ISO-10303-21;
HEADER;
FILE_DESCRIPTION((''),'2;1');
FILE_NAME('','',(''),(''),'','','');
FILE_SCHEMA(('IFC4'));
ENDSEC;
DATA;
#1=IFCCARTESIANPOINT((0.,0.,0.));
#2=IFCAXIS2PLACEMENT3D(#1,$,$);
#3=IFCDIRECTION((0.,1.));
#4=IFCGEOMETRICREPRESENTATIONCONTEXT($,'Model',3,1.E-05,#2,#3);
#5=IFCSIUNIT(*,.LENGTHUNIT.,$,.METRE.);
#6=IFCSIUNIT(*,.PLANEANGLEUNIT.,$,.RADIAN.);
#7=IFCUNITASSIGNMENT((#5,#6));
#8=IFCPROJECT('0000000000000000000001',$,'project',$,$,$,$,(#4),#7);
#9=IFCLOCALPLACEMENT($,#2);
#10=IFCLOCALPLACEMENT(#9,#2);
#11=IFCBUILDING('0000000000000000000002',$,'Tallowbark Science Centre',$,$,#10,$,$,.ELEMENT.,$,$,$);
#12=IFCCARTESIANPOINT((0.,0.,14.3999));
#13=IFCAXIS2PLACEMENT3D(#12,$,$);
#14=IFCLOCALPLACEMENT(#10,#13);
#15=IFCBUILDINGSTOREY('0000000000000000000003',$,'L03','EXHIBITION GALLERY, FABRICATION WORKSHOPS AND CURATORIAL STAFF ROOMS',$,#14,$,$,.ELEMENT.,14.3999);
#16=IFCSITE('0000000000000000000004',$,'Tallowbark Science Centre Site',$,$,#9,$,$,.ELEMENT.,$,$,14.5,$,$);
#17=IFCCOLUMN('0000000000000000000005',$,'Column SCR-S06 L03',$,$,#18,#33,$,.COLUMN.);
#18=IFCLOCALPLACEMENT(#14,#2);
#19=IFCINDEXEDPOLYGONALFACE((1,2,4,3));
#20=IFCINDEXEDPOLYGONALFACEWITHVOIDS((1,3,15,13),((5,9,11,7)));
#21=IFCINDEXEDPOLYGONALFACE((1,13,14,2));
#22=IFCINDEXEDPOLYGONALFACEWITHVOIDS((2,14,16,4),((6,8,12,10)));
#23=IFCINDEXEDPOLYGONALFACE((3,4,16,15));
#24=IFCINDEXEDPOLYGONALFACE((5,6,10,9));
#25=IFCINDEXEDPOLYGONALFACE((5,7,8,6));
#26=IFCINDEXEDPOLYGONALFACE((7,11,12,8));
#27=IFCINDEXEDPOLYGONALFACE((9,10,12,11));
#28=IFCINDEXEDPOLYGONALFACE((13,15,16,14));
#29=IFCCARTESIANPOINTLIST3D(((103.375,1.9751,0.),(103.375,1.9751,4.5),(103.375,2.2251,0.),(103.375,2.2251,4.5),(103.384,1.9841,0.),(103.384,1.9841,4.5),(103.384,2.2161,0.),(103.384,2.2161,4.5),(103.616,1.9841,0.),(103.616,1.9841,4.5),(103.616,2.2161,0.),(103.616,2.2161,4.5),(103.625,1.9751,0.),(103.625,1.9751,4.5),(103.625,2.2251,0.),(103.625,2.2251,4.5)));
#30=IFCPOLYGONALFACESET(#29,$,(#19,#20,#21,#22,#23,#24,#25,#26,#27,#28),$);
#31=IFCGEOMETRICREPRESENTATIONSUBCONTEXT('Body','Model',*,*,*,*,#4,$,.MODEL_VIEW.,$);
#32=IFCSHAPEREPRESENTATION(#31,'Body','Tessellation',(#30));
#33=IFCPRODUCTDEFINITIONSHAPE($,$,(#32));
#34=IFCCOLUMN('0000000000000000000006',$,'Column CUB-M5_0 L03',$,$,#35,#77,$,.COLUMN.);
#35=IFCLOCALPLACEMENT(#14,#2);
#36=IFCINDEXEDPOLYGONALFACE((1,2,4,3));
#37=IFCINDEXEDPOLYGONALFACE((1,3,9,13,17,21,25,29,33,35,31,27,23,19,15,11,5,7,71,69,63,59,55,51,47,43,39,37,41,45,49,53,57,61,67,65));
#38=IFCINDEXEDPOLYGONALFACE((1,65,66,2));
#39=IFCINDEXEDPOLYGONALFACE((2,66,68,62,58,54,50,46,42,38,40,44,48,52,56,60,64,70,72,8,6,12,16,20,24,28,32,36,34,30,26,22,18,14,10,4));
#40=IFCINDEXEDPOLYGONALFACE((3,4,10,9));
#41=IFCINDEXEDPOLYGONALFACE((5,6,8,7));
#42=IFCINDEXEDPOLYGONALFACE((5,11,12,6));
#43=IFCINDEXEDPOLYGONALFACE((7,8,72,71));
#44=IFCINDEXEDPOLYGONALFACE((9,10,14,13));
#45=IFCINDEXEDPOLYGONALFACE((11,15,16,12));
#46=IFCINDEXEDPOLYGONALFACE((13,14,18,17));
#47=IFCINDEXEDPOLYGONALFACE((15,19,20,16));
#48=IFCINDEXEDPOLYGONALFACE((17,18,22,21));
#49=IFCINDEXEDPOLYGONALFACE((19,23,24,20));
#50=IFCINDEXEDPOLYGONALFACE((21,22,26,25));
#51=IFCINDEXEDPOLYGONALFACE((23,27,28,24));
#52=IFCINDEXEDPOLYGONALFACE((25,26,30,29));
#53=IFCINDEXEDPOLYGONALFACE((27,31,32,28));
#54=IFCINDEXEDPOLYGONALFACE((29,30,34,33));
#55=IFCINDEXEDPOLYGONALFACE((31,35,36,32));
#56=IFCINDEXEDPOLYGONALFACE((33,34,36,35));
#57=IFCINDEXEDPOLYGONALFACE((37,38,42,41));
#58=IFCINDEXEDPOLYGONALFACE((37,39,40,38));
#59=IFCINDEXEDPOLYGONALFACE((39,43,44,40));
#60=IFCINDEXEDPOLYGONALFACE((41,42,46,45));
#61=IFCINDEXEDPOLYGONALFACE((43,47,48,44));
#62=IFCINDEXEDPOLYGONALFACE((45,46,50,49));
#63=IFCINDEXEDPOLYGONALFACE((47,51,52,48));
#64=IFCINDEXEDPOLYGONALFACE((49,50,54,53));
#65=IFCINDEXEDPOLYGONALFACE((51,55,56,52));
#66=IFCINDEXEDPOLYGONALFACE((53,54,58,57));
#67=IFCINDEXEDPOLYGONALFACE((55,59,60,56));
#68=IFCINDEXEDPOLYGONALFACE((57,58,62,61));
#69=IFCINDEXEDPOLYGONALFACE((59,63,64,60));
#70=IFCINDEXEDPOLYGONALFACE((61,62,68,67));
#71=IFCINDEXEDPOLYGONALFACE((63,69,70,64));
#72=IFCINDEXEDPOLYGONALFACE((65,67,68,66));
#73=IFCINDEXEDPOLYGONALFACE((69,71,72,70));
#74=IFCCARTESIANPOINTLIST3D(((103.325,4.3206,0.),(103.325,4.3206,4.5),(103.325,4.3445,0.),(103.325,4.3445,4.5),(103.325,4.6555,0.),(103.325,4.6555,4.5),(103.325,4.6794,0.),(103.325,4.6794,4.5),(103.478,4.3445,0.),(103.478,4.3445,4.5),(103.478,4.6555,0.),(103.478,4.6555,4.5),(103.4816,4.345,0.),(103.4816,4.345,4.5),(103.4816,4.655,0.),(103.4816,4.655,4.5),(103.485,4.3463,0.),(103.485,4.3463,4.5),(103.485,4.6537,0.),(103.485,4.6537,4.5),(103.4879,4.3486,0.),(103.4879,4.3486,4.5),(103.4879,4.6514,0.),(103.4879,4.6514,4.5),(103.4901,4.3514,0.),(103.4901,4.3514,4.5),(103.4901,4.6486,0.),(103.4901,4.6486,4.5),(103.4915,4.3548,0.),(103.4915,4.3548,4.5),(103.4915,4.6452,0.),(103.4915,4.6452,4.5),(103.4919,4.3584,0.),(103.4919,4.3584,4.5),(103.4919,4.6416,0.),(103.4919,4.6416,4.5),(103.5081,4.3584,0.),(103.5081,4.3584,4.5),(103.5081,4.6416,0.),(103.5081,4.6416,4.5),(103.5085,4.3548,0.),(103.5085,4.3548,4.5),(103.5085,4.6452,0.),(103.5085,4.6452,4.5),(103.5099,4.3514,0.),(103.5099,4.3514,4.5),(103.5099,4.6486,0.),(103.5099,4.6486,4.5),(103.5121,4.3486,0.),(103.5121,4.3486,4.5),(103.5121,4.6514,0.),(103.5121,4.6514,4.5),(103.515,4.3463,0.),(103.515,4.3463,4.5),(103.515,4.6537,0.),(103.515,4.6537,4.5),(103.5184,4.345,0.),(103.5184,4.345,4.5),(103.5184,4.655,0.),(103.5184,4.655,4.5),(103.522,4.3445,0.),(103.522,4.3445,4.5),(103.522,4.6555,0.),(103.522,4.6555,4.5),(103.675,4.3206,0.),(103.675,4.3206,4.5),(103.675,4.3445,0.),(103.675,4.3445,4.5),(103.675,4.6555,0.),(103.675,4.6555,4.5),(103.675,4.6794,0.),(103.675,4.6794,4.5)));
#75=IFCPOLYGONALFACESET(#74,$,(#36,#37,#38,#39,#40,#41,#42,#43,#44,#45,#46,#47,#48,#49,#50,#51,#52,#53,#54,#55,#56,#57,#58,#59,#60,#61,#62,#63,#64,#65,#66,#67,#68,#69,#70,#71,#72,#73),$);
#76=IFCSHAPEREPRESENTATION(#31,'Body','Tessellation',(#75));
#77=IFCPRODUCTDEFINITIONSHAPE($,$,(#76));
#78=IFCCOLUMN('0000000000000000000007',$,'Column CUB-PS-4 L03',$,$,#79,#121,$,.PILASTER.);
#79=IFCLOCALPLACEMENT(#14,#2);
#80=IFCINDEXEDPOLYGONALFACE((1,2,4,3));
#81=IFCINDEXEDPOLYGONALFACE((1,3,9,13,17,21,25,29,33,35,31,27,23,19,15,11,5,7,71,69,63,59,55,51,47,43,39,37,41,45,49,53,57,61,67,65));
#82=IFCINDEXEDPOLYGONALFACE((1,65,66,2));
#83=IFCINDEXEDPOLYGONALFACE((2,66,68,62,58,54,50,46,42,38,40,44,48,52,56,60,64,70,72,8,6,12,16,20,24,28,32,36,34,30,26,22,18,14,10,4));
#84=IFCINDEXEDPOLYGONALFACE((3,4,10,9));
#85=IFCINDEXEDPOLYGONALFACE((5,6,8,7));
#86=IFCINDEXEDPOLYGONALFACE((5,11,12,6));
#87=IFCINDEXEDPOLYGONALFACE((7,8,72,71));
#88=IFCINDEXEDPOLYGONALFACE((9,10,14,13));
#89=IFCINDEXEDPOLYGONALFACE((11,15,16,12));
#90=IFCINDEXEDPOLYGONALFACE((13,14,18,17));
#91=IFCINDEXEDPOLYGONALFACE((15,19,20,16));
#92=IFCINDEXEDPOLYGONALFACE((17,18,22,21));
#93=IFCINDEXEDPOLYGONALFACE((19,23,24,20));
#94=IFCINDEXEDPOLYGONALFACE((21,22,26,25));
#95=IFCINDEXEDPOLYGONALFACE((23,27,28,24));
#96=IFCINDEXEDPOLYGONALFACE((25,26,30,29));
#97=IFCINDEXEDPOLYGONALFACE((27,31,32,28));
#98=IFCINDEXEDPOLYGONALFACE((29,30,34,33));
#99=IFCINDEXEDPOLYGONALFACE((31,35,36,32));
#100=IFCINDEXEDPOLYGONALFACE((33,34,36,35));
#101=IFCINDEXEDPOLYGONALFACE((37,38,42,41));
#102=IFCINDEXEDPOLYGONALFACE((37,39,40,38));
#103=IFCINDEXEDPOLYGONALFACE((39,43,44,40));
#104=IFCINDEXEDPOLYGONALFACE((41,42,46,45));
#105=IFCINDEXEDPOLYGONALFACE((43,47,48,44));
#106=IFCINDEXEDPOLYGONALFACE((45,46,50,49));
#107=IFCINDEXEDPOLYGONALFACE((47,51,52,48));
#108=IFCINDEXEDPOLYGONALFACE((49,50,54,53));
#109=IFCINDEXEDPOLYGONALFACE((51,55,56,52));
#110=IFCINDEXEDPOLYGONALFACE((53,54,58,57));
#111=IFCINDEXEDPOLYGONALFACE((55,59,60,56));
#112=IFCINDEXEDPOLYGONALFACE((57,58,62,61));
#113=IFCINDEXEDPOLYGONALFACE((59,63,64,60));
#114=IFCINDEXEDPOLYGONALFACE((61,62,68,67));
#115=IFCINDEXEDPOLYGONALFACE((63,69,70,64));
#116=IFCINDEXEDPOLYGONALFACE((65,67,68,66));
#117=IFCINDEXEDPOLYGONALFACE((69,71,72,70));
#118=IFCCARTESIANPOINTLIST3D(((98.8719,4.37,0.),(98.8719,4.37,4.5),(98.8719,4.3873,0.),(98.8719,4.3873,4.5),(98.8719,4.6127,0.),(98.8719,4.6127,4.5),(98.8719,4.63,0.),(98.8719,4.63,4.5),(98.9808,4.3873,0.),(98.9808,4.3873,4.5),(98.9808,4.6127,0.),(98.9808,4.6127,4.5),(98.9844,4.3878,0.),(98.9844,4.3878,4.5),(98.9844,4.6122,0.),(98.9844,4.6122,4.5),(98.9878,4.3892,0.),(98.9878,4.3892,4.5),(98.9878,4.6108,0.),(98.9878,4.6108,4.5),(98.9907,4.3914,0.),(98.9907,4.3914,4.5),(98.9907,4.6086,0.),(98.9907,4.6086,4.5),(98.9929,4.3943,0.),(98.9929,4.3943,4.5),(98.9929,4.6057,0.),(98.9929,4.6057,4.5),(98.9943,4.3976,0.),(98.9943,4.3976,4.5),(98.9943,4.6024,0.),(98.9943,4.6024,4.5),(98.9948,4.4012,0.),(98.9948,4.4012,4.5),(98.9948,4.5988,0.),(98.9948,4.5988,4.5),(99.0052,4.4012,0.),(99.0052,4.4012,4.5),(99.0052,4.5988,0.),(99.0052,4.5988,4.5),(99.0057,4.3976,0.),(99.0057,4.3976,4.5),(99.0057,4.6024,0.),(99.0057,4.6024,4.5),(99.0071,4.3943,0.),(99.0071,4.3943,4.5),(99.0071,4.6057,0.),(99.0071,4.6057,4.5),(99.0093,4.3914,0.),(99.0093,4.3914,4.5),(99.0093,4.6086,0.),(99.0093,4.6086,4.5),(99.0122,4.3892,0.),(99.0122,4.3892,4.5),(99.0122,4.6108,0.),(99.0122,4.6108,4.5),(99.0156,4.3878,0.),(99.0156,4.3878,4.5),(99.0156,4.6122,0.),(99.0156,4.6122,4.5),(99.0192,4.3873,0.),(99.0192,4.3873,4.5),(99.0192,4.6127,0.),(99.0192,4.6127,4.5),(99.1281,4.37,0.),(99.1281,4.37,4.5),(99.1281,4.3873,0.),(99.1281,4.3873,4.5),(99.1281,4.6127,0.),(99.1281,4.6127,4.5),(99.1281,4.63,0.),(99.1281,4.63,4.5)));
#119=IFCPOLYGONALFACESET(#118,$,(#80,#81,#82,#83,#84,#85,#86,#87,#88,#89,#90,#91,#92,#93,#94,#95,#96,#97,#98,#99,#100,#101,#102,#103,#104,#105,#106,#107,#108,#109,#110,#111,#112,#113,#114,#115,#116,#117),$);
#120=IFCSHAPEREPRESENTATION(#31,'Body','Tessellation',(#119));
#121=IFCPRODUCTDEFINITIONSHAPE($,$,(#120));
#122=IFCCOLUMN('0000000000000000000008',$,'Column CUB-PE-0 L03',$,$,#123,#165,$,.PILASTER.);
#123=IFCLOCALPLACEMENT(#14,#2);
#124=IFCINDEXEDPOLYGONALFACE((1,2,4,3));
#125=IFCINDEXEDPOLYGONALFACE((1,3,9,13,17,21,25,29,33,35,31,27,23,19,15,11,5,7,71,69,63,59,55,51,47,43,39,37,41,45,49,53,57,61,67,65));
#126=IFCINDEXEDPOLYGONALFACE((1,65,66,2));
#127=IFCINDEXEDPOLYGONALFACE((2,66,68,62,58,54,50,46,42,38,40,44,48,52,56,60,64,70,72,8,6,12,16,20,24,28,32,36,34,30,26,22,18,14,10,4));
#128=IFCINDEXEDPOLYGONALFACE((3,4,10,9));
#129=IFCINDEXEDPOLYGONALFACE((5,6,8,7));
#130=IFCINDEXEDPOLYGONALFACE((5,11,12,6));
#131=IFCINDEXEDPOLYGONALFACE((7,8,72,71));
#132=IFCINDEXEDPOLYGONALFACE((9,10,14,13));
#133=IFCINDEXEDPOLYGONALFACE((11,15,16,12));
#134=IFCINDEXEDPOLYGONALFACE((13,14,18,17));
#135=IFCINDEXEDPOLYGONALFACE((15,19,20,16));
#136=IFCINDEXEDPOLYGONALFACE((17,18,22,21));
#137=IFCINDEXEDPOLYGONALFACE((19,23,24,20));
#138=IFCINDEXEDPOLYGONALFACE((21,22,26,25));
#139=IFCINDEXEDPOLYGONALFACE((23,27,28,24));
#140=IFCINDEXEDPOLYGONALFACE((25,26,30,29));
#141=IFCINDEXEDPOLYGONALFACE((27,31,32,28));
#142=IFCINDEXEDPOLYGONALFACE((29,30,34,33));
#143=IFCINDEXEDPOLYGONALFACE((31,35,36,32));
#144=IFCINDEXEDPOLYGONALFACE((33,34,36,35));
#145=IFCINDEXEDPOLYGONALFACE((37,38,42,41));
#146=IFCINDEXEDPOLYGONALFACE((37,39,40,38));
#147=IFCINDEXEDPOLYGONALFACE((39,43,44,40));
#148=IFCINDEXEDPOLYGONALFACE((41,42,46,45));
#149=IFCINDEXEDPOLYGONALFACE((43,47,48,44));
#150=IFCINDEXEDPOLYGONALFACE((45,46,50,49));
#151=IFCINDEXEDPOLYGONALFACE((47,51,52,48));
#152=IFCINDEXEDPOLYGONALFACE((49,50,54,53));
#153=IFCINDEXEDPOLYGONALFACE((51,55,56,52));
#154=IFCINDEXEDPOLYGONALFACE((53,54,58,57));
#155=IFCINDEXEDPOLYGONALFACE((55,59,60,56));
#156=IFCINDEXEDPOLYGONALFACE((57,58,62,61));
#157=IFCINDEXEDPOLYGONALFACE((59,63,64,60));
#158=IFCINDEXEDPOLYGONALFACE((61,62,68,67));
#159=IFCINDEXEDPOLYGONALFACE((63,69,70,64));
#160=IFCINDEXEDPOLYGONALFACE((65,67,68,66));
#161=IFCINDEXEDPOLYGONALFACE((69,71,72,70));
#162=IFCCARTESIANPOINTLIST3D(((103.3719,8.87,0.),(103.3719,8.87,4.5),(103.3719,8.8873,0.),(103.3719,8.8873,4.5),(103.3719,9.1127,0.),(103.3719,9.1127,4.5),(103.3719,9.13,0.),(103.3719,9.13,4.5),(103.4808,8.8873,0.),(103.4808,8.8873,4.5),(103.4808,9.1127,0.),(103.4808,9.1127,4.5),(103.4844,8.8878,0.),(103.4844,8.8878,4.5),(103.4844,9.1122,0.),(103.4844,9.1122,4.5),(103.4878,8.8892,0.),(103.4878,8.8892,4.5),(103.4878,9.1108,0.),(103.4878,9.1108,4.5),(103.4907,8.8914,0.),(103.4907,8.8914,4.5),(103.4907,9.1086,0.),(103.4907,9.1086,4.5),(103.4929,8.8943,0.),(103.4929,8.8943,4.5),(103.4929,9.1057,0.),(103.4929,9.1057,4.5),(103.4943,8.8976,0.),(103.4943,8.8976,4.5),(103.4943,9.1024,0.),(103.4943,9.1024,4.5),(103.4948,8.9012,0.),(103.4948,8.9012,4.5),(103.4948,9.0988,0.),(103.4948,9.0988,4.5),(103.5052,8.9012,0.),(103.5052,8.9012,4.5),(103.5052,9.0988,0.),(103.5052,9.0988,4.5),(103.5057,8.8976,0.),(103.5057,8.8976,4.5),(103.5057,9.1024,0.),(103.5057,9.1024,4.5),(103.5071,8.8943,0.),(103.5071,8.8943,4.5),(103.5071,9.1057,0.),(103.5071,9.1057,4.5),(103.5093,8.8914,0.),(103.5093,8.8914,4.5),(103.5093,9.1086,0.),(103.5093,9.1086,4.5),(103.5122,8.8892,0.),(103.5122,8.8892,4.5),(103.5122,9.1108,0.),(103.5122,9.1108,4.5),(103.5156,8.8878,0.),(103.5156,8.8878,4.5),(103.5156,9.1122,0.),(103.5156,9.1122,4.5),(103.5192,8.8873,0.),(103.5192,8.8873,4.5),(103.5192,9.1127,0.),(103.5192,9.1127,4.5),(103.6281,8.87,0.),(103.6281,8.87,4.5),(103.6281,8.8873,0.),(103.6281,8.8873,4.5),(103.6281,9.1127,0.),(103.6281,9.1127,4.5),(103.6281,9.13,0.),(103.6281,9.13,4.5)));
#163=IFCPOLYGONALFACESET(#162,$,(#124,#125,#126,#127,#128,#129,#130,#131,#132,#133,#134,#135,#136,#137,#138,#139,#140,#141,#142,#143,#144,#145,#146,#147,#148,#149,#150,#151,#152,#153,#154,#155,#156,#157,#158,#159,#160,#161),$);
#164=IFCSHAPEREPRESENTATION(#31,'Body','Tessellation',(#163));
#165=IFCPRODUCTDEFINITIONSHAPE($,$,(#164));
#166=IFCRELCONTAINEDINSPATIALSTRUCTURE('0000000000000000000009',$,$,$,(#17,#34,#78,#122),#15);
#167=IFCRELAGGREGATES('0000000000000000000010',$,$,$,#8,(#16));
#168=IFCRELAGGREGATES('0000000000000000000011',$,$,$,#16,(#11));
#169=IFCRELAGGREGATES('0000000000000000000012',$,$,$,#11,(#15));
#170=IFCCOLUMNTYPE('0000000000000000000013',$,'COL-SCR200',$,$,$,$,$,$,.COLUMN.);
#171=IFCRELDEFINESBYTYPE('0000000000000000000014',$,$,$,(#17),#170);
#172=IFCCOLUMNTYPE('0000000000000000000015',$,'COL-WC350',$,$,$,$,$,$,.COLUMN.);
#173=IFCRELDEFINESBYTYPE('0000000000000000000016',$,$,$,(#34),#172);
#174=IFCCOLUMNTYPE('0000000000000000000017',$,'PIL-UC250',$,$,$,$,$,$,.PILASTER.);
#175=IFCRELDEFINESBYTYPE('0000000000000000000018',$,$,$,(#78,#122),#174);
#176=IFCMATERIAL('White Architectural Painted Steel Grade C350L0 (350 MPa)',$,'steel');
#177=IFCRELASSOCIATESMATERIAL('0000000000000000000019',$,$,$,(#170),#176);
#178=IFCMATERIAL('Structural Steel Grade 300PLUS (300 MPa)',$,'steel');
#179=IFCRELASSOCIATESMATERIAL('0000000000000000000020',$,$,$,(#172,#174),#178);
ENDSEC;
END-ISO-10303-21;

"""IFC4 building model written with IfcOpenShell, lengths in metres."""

from ifc_helpers import new_model, si_unit, direction, frame, origin, origin_2d, place, context, subcontext, project, spatial, hollow_rectangle, i_section, extrude, material, material_profile, profile_set, type_object, element, save


model = new_model("IFC4")

# Units and contexts
model_context = context("Model", 3, precision=1e-05, world=origin(), true_north=direction((0.0, 1.0)))
body_context = subcontext(model_context, "Body", "Model", "MODEL_VIEW")
ifc_project = project(units=[si_unit("LENGTHUNIT", "METRE"), si_unit("PLANEANGLEUNIT", "RADIAN")], contexts=[model_context])

# Site, building, storey
site_placement = place(None, origin())
site = spatial("IfcSite", under=ifc_project, at=site_placement, Name="Tallowbark Science Centre Site", CompositionType="ELEMENT", RefElevation=14.5)
building_placement = place(site_placement, origin())
building = spatial("IfcBuilding", under=site, at=building_placement, Name="Tallowbark Science Centre", CompositionType="ELEMENT")
storey_placement = place(building_placement, frame((0.0, 0.0, 14.3999)))
storey = spatial("IfcBuildingStorey", under=building, at=storey_placement, Name="L03", Description="EXHIBITION GALLERY, FABRICATION WORKSHOPS AND CURATORIAL STAFF ROOMS", CompositionType="ELEMENT", Elevation=14.3999)

# Columns
ifc_material_1 = material(Name="White Architectural Painted Steel Grade C350L0 (350 MPa)", Category="steel")
ifc_material_profile_1 = material_profile(ifc_material_1, hollow_rectangle(XDim=0.25, YDim=0.25, WallThickness=0.009, at=origin_2d()), Name="250x250x9.0SHS")
ifc_profile_set_1 = profile_set([ifc_material_profile_1], Name="White Architectural Painted Steel Grade C350L0 (350 MPa)")
column_type_1 = type_object("IfcColumnType", Name="COL-SCR200", PredefinedType="COLUMN", material=ifc_profile_set_1)
column_1_placement = place(storey_placement, frame((103.5, 2.1001, 0.0), z_axis=(0.0, 0.0, 1.0), x_axis=(1.0, 0.0, 0.0)))
element("IfcColumn", 1, at=column_1_placement, inside=storey, type_object=column_type_1, Name="Column SCR-S06 L03", PredefinedType="COLUMN", context=body_context, shape_type="SweptSolid", body=[
    extrude(hollow_rectangle(XDim=0.25, YDim=0.25, WallThickness=0.009, at=origin_2d()), origin(), (0.0, 0.0, 1.0), 4.5),
])
ifc_material_2 = material(Name="Structural Steel Grade 300PLUS (300 MPa)", Category="steel")
ifc_material_profile_2 = material_profile(ifc_material_2, i_section(OverallWidth=0.3501, OverallDepth=0.3589, WebThickness=0.0161, FlangeThickness=0.0239, FilletRadius=0.0139, at=origin_2d()), Name="350WC197")
ifc_profile_set_2 = profile_set([ifc_material_profile_2], Name="Structural Steel Grade 300PLUS (300 MPa)")
column_type_2 = type_object("IfcColumnType", Name="COL-WC350", PredefinedType="COLUMN", material=ifc_profile_set_2)
column_2_placement = place(storey_placement, frame((103.5, 4.5, 0.0), z_axis=(0.0, 0.0, 1.0), x_axis=(1.0, 0.0, 0.0)))
element("IfcColumn", 2, at=column_2_placement, inside=storey, type_object=column_type_2, Name="Column CUB-M5_0 L03", PredefinedType="COLUMN", context=body_context, shape_type="SweptSolid", body=[
    extrude(i_section(OverallWidth=0.3501, OverallDepth=0.3589, WebThickness=0.0161, FlangeThickness=0.0239, FilletRadius=0.0139, at=origin_2d()), origin(), (0.0, 0.0, 1.0), 4.5),
])
ifc_material_profile_3 = material_profile(ifc_material_2, i_section(OverallWidth=0.2561, OverallDepth=0.26, WebThickness=0.0105, FlangeThickness=0.0173, FilletRadius=0.0139, at=origin_2d()), Name="250UC89.5")
ifc_profile_set_3 = profile_set([ifc_material_profile_3], Name="Structural Steel Grade 300PLUS (300 MPa)")
column_type_3 = type_object("IfcColumnType", Name="PIL-UC250", PredefinedType="PILASTER", material=ifc_profile_set_3)
for number, where, z_axis, x_axis, name in (
    (3, (99.0, 4.5, 0.0), (0.0, 0.0, 1.0), (1.0, 0.0, 0.0), "Column CUB-PS-4 L03"),
    (4, (103.5, 9.0, 0.0), (0.0, 0.0, 1.0), (1.0, 0.0, 0.0), "Column CUB-PE-0 L03"),
):
    element("IfcColumn", number, at=place(storey_placement, frame(where, z_axis=z_axis, x_axis=x_axis)), inside=storey, type_object=column_type_3, Name=name, PredefinedType="PILASTER", context=body_context, shape_type="SweptSolid", body=[
        extrude(i_section(OverallWidth=0.2561, OverallDepth=0.26, WebThickness=0.0105, FlangeThickness=0.0173, FilletRadius=0.0139, at=origin_2d()), origin(), (0.0, 0.0, 1.0), 4.5),
    ])

save(model, "model.ifc")
